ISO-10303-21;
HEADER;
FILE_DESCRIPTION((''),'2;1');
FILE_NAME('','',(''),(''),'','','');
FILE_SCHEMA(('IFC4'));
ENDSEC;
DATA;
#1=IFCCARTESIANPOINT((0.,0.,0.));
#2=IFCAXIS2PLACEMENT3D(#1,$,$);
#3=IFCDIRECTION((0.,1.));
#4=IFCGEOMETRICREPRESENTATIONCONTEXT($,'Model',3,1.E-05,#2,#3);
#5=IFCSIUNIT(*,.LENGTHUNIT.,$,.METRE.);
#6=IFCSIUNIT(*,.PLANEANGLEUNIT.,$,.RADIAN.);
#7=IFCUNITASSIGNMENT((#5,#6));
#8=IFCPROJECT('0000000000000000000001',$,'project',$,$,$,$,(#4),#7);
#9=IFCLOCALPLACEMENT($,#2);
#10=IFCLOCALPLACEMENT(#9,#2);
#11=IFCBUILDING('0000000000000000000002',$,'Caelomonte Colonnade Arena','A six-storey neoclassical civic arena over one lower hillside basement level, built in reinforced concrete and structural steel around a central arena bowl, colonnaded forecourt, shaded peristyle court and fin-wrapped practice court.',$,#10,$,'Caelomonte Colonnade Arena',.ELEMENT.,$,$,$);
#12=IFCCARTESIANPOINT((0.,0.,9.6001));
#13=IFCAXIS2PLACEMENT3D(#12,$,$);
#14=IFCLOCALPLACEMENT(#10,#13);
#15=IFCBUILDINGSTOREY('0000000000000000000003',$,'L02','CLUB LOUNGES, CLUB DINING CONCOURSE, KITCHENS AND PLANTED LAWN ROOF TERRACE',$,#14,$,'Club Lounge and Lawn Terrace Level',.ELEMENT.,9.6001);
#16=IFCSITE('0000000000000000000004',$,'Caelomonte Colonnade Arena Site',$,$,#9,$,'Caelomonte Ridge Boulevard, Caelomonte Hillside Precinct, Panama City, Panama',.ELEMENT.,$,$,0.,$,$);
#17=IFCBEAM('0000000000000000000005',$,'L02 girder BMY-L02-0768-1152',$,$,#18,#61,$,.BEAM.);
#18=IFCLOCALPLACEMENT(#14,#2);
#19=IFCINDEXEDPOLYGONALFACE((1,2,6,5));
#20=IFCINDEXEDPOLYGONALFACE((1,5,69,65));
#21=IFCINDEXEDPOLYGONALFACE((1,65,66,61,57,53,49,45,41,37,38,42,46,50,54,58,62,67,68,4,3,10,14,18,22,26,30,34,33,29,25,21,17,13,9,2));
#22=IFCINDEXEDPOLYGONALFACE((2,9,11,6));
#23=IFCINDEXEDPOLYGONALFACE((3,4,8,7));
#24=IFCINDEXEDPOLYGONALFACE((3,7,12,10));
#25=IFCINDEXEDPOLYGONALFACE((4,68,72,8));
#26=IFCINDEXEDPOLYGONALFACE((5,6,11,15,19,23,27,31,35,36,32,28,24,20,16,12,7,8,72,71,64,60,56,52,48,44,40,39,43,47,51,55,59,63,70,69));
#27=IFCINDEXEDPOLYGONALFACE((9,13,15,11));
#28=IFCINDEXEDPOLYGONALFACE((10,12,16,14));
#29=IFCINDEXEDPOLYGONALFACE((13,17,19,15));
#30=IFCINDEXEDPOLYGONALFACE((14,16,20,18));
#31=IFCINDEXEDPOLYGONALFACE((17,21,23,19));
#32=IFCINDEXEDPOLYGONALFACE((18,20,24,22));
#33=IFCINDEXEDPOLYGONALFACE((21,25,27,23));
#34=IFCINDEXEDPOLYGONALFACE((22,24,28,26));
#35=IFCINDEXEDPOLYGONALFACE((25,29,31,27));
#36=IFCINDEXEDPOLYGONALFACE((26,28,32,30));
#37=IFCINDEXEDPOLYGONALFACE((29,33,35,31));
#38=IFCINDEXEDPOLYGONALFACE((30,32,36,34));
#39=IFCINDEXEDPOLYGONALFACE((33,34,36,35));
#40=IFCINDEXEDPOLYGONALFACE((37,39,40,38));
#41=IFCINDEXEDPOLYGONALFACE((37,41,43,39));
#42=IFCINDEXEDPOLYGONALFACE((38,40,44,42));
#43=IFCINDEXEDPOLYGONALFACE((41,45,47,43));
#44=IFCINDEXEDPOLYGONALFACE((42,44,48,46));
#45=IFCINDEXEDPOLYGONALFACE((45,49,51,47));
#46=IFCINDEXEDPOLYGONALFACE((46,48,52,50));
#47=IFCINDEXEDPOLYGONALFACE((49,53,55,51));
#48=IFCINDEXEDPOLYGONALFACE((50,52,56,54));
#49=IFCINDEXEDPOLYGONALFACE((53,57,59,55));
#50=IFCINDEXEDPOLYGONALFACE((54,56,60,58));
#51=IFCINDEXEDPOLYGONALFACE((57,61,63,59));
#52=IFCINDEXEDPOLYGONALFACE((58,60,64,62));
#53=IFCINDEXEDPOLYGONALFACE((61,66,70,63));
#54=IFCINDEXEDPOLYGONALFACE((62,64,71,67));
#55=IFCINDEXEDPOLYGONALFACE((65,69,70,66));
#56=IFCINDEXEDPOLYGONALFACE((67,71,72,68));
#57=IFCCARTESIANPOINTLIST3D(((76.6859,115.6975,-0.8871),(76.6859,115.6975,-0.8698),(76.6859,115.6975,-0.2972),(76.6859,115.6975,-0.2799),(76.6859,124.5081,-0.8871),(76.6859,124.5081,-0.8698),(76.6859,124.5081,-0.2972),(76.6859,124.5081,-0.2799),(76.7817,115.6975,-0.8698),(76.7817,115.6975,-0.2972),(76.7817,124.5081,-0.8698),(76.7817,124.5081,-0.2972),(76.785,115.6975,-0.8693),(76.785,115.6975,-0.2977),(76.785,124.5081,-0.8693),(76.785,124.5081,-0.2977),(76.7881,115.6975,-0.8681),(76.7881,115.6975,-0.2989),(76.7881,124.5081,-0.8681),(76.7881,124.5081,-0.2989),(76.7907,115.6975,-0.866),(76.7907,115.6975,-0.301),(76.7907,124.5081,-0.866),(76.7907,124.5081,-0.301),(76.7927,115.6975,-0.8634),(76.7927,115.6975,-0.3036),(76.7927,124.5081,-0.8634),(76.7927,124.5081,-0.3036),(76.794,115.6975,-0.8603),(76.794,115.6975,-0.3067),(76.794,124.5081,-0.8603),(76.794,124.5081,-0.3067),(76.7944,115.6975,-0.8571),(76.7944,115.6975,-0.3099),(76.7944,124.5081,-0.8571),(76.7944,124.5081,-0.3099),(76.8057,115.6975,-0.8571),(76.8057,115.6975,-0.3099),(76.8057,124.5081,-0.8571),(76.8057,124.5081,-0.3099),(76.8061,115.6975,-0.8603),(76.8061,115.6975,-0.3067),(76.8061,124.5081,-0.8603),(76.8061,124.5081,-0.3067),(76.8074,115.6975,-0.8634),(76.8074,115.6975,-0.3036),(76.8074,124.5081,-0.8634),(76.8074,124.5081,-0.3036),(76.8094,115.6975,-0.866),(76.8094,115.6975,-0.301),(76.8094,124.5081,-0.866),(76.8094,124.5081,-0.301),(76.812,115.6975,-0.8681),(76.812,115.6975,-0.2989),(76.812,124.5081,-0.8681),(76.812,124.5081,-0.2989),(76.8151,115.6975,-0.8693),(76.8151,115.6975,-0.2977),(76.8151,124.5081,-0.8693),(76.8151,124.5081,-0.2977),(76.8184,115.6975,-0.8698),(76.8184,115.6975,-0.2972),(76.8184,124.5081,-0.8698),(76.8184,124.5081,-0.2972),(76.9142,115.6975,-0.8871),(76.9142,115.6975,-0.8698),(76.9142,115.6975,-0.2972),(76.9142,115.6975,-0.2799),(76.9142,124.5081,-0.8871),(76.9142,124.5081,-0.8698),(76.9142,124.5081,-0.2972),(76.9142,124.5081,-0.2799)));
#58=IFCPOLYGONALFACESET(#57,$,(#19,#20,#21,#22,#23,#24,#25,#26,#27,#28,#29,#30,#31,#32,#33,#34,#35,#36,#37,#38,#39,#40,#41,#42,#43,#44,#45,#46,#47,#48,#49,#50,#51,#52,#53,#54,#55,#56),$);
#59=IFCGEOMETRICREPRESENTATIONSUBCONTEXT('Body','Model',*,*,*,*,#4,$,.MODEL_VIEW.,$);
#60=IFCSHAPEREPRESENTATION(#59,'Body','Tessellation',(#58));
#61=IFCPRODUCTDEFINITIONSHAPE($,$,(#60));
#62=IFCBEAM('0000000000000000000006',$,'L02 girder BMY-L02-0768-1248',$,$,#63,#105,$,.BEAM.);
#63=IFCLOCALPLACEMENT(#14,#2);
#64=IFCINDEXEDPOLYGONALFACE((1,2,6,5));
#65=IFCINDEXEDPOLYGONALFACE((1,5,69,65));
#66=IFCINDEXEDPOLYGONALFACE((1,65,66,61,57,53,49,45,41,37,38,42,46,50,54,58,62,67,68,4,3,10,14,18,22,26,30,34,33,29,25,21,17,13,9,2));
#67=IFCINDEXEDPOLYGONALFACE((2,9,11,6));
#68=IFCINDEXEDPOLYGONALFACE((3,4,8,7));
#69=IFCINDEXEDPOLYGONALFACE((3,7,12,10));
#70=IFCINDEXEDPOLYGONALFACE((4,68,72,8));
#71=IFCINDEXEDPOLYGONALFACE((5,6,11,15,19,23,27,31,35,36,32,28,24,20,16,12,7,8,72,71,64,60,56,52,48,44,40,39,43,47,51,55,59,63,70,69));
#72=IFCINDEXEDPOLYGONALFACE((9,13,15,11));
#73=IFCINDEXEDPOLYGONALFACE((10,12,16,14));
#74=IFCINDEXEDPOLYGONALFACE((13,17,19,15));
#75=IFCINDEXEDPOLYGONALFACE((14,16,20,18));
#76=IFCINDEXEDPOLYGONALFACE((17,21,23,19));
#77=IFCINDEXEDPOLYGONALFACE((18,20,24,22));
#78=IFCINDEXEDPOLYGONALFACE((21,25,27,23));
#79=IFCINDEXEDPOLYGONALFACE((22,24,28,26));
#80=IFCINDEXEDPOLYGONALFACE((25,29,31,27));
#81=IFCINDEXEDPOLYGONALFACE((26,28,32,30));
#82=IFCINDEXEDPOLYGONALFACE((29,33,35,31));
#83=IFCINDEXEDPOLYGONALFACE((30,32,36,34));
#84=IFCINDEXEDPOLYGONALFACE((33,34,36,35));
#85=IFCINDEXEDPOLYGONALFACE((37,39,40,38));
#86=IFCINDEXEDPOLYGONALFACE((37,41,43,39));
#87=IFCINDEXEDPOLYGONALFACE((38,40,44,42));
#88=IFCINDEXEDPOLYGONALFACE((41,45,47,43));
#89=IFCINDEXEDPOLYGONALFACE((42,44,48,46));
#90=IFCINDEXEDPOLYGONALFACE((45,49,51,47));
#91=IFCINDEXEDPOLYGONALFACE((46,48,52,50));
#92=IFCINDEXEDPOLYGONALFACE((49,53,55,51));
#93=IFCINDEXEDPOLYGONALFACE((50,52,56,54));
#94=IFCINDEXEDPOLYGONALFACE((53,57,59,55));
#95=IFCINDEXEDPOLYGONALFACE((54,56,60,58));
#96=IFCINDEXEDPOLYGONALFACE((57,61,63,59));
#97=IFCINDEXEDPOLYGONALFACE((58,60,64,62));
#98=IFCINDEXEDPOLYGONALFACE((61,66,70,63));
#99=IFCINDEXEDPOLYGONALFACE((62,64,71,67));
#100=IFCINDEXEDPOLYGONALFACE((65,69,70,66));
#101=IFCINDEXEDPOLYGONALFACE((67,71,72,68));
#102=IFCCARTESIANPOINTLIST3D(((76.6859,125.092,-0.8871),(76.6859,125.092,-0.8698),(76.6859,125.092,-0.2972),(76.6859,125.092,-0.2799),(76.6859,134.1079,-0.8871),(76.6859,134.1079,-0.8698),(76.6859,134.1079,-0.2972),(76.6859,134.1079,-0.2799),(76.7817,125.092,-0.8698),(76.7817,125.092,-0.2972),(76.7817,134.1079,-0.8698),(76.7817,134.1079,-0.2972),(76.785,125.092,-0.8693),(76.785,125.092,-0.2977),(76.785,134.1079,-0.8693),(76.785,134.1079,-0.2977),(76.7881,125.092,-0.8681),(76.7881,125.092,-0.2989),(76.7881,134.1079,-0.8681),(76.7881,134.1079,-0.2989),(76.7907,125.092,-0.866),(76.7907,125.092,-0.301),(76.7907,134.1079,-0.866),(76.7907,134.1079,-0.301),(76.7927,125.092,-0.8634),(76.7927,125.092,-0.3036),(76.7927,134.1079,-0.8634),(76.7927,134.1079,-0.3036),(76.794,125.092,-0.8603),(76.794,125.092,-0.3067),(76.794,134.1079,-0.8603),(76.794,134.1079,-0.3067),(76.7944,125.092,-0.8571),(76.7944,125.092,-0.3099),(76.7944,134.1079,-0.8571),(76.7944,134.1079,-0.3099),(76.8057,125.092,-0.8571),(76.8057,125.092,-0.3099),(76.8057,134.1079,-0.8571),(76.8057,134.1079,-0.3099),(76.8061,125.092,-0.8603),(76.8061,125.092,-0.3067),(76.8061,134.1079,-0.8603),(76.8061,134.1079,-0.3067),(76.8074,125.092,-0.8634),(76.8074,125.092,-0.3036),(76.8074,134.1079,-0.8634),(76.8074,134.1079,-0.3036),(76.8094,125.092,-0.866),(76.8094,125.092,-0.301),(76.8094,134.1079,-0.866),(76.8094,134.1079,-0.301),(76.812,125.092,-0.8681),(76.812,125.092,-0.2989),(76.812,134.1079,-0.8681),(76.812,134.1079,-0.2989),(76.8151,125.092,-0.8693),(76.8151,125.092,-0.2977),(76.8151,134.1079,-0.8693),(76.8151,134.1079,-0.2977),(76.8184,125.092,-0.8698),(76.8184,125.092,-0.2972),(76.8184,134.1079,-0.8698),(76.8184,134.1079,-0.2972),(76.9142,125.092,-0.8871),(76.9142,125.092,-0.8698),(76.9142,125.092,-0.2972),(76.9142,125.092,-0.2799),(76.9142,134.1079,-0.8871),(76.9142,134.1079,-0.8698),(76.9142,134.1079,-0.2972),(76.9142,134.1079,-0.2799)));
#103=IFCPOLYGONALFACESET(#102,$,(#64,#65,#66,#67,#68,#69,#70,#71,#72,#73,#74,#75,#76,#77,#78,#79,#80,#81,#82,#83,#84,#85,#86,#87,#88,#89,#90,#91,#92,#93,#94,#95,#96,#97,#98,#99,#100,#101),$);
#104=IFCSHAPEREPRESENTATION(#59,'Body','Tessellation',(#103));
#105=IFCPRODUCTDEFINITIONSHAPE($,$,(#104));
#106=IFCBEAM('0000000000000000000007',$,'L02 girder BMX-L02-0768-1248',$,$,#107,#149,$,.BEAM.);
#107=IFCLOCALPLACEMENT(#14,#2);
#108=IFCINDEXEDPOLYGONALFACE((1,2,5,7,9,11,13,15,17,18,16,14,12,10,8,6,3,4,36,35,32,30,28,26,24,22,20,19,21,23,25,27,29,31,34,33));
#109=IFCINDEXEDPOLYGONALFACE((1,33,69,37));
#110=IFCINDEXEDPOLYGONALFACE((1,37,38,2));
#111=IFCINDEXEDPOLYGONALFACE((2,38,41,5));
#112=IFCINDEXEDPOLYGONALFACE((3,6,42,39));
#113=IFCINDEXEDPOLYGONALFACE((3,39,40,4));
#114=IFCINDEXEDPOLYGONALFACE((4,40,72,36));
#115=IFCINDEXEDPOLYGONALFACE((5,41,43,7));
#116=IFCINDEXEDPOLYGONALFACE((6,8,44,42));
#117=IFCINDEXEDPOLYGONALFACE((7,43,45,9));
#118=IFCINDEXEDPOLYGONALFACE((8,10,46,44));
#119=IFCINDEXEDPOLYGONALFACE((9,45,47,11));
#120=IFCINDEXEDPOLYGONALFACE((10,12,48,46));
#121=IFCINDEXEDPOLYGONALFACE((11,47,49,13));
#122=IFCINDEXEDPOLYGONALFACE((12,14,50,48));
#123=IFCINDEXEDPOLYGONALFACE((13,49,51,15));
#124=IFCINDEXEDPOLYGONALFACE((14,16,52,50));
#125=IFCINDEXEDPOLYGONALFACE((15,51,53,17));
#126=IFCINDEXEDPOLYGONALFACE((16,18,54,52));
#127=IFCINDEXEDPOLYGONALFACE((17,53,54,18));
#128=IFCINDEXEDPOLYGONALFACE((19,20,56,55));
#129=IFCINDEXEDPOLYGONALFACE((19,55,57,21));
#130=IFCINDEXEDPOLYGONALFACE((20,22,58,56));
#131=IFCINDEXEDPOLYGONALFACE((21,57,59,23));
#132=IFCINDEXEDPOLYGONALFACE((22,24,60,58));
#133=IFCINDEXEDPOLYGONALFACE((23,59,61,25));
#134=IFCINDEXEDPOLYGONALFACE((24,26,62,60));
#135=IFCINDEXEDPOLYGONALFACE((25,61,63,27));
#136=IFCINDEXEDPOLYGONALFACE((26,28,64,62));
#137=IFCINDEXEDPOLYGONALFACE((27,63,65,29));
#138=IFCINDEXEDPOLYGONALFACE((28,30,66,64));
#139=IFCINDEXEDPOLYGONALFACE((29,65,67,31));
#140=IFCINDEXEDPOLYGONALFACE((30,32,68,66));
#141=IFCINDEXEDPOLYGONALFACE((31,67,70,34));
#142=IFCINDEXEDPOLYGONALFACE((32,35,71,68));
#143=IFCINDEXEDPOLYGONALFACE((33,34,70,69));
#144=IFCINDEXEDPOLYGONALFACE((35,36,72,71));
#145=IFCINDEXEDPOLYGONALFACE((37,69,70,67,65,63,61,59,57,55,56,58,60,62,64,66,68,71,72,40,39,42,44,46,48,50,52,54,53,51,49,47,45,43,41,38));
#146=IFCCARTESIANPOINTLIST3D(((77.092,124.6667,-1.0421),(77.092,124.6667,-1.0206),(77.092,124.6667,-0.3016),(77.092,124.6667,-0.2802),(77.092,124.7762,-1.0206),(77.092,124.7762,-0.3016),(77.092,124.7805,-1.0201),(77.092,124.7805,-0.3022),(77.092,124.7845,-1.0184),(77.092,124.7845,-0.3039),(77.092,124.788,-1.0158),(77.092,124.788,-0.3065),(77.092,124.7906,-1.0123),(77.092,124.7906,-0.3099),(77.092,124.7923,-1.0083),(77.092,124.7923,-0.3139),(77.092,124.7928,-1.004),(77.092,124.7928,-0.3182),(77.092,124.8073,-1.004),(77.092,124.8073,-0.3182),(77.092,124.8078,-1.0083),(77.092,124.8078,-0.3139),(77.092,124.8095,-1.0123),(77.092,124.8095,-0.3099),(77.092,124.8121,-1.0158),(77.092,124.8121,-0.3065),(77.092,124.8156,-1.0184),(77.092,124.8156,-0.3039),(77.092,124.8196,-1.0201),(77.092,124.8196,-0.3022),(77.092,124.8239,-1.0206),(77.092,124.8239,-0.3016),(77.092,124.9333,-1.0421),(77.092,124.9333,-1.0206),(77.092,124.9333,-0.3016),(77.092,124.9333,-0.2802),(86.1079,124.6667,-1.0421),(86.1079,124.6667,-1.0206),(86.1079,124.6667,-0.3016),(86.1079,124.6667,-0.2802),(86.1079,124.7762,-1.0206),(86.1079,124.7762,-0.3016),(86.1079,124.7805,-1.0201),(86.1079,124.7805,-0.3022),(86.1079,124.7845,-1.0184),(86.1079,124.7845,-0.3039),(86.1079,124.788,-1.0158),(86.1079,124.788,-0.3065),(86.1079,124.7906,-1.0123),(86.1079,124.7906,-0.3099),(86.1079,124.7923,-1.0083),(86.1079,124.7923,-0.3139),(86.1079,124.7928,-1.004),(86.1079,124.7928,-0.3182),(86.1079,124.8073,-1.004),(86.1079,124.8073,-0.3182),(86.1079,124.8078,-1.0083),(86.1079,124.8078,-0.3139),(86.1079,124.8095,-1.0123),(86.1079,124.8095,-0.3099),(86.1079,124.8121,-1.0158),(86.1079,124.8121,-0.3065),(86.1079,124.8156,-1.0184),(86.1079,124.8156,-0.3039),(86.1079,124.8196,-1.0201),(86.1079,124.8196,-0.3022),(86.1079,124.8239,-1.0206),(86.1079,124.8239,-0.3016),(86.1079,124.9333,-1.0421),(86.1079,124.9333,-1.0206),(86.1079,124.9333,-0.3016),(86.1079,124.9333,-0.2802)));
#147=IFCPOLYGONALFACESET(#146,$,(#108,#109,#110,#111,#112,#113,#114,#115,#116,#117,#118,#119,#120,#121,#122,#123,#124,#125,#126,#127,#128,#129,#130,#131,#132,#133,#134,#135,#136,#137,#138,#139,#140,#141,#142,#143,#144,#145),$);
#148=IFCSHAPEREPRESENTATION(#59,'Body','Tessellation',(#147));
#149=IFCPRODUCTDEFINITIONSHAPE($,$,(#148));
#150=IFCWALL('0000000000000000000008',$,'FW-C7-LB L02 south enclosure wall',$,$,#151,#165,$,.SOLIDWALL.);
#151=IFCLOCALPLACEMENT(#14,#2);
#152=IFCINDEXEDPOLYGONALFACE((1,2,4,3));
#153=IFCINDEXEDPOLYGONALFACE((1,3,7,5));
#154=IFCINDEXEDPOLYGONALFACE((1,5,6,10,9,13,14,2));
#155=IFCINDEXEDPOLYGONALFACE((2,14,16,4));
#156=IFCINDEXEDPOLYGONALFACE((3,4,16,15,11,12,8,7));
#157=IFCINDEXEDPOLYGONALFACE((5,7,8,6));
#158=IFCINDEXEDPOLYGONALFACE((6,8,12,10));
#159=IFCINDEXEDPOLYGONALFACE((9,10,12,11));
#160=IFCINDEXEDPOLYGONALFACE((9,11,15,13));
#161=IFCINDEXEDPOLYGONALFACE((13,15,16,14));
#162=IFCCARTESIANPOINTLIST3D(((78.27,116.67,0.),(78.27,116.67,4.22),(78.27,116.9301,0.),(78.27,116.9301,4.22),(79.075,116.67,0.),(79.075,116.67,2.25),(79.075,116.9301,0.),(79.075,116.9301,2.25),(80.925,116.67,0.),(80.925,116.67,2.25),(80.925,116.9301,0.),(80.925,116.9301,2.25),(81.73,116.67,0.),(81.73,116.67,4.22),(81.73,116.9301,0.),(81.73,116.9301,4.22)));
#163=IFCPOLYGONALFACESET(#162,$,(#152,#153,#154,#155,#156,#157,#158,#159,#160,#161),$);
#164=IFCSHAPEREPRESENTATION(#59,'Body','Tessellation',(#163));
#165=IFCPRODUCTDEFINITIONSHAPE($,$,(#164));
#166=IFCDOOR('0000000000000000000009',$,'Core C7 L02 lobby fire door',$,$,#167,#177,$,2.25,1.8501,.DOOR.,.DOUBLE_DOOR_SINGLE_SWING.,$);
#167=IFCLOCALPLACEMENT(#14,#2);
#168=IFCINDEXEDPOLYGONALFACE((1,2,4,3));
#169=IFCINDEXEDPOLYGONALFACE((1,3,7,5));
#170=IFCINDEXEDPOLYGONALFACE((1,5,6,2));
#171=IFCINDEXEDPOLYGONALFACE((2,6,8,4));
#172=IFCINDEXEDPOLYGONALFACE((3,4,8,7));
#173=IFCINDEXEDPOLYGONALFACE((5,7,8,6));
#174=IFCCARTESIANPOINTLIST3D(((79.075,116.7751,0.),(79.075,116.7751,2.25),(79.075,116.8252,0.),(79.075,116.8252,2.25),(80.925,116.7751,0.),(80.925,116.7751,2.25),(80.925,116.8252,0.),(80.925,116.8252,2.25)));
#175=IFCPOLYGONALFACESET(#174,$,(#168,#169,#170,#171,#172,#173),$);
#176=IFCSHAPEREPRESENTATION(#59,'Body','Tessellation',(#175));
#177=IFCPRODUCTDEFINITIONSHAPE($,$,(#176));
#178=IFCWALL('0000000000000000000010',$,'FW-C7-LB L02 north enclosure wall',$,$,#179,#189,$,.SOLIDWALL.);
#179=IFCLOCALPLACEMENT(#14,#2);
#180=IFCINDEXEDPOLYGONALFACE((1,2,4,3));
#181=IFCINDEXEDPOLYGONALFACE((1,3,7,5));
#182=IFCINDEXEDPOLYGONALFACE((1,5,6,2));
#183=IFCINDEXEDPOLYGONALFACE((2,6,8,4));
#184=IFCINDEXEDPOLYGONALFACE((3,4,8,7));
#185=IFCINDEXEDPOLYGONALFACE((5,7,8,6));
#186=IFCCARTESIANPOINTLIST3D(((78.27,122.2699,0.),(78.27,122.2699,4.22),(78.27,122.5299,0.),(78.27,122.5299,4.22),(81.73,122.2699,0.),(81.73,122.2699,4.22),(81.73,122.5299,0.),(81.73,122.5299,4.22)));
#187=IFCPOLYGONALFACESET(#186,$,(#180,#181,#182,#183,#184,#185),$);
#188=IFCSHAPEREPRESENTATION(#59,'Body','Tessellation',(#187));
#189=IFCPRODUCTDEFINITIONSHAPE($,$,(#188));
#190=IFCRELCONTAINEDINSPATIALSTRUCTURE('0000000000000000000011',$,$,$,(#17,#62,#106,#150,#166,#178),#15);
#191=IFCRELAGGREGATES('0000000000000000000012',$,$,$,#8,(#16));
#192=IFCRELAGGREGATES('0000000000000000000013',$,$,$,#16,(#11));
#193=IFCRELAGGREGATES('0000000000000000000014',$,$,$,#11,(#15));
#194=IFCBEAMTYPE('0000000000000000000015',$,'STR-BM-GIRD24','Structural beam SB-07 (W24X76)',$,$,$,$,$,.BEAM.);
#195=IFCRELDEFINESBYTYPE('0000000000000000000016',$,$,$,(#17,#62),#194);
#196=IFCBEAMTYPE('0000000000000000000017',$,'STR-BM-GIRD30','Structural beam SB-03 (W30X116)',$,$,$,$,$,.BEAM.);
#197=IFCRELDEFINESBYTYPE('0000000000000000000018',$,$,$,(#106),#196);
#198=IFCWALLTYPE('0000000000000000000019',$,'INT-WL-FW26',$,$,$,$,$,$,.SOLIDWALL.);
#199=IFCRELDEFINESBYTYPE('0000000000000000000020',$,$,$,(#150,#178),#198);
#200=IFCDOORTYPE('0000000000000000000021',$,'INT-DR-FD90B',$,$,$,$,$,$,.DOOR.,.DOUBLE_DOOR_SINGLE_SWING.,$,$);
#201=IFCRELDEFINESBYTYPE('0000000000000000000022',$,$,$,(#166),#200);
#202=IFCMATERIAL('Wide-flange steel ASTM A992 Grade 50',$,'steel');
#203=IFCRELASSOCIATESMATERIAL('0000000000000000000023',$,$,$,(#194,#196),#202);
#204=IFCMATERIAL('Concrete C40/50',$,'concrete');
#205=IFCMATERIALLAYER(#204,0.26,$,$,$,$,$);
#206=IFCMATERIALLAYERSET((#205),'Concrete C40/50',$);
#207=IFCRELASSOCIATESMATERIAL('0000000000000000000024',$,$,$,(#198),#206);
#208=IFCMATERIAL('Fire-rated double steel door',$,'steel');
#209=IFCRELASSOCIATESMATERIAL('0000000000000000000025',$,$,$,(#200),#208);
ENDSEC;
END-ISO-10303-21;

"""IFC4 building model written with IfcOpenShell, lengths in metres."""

from ifc_helpers import new_model, si_unit, direction, frame, frame_2d, origin, origin_2d, place, context, subcontext, project, spatial, rectangle, i_section, extrude, material, layer, layer_set, material_profile, profile_set, type_object, element, fill, save


model = new_model("IFC4")

# Units and contexts
model_context = context("Model", 3, precision=1e-05, world=origin(), true_north=direction((0.0, 1.0)))
body_context = subcontext(model_context, "Body", "Model", "MODEL_VIEW")
ifc_project = project(units=[si_unit("LENGTHUNIT", "METRE"), si_unit("PLANEANGLEUNIT", "RADIAN")], contexts=[model_context])

# Site, building, storey
site_placement = place(None, origin())
site = spatial("IfcSite", under=ifc_project, at=site_placement, Name="Caelomonte Colonnade Arena Site", LongName="Caelomonte Ridge Boulevard, Caelomonte Hillside Precinct, Panama City, Panama", CompositionType="ELEMENT", RefElevation=0.0)
building_placement = place(site_placement, origin())
building = spatial("IfcBuilding", under=site, at=building_placement, Name="Caelomonte Colonnade Arena", Description="A six-storey neoclassical civic arena over one lower hillside basement level, built in reinforced concrete and structural steel around a central arena bowl, colonnaded forecourt, shaded peristyle court and fin-wrapped practice court.", LongName="Caelomonte Colonnade Arena", CompositionType="ELEMENT")
storey_placement = place(building_placement, frame((0.0, 0.0, 9.6001)))
storey = spatial("IfcBuildingStorey", under=building, at=storey_placement, Name="L02", Description="CLUB LOUNGES, CLUB DINING CONCOURSE, KITCHENS AND PLANTED LAWN ROOF TERRACE", LongName="Club Lounge and Lawn Terrace Level", CompositionType="ELEMENT", Elevation=9.6001)

# Shared definitions
ifc_material_1 = material(Name="Concrete C40/50", Category="concrete")
ifc_material_2 = material(Name="Wide-flange steel ASTM A992 Grade 50", Category="steel")

# Beams
ifc_material_profile_1 = material_profile(ifc_material_2, i_section(OverallWidth=0.2283, OverallDepth=0.6072, WebThickness=0.0112, FlangeThickness=0.0173, FilletRadius=0.0127, at=origin_2d()), Name="W24X76")
ifc_profile_set_1 = profile_set([ifc_material_profile_1], Name="Wide-flange steel ASTM A992 Grade 50")
beam_type_1 = type_object("IfcBeamType", Name="STR-BM-GIRD24", Description="Structural beam SB-07 (W24X76)", PredefinedType="BEAM", material=ifc_profile_set_1)
beam_1_placement = place(storey_placement, frame((76.8, 115.6975, -0.5835), z_axis=(0.0, 1.0, 0.0), x_axis=(-1.0, 0.0, 0.0)))
element("IfcBeam", 1, at=beam_1_placement, inside=storey, type_object=beam_type_1, Name="L02 girder BMY-L02-0768-1152", PredefinedType="BEAM", context=body_context, shape_type="SweptSolid", body=[
    extrude(i_section(OverallWidth=0.2283, OverallDepth=0.6072, WebThickness=0.0112, FlangeThickness=0.0173, FilletRadius=0.0127, at=origin_2d()), origin(), (0.0, 0.0, 1.0), 8.8105),
])
beam_2_placement = place(storey_placement, frame((76.8, 125.092, -0.5835), z_axis=(0.0, 1.0, 0.0), x_axis=(-1.0, 0.0, 0.0)))
element("IfcBeam", 2, at=beam_2_placement, inside=storey, type_object=beam_type_1, Name="L02 girder BMY-L02-0768-1248", PredefinedType="BEAM", context=body_context, shape_type="SweptSolid", body=[
    extrude(i_section(OverallWidth=0.2283, OverallDepth=0.6072, WebThickness=0.0112, FlangeThickness=0.0173, FilletRadius=0.0127, at=origin_2d()), origin(), (0.0, 0.0, 1.0), 9.0159),
])
ifc_material_profile_2 = material_profile(ifc_material_2, i_section(OverallWidth=0.2666, OverallDepth=0.762, WebThickness=0.0144, FlangeThickness=0.0215, FilletRadius=0.0166, at=origin_2d()), Name="W30X116")
ifc_profile_set_2 = profile_set([ifc_material_profile_2], Name="Wide-flange steel ASTM A992 Grade 50")
beam_type_2 = type_object("IfcBeamType", Name="STR-BM-GIRD30", Description="Structural beam SB-03 (W30X116)", PredefinedType="BEAM", material=ifc_profile_set_2)
beam_3_placement = place(storey_placement, frame((77.092, 124.8, -0.6611), z_axis=(1.0, 0.0, 0.0), x_axis=(0.0, 1.0, 0.0)))
element("IfcBeam", 3, at=beam_3_placement, inside=storey, type_object=beam_type_2, Name="L02 girder BMX-L02-0768-1248", PredefinedType="BEAM", context=body_context, shape_type="SweptSolid", body=[
    extrude(i_section(OverallWidth=0.2666, OverallDepth=0.762, WebThickness=0.0144, FlangeThickness=0.0215, FilletRadius=0.0166, at=origin_2d()), origin(), (0.0, 0.0, 1.0), 9.0159),
])

# Wall, opening, door
ifc_layer_1 = layer(ifc_material_1, 0.26)
ifc_layer_set_1 = layer_set([ifc_layer_1], Name="Concrete C40/50")
wall_type_1 = type_object("IfcWallType", Name="INT-WL-FW26", PredefinedType="SOLIDWALL", material=ifc_layer_set_1)
wall_1_placement = place(storey_placement, frame((78.27, 116.8, 0.0), z_axis=(0.0, 0.0, 1.0), x_axis=(1.0, 0.0, 0.0)))
wall_1 = element("IfcWall", 4, at=wall_1_placement, inside=storey, type_object=wall_type_1, Name="FW-C7-LB L02 south enclosure wall", PredefinedType="SOLIDWALL", context=body_context, shape_type="SweptSolid", body=[
    extrude(rectangle(XDim=3.46, YDim=0.26, at=frame_2d((1.73, 0.0))), origin(), (0.0, 0.0, 1.0), 4.22),
])
opening_1_placement = place(wall_1_placement, frame((2.655, 0.0, 0.0), z_axis=(0.0, 0.0, 1.0), x_axis=(-1.0, 0.0, 0.0)))
opening_1 = element("IfcOpeningElement", 5, at=opening_1_placement, cuts=wall_1, PredefinedType="OPENING", context=body_context, shape_type="SweptSolid", body=[
    extrude(rectangle(XDim=1.8501, YDim=2.25, at=frame_2d((0.925, 1.125))), frame((0.0, 0.1399, 0.0), z_axis=(0.0, -1.0, 0.0), x_axis=(1.0, 0.0, 0.0)), (0.0, 0.0, 1.0), 0.28),
])
ifc_material_3 = material(Name="Fire-rated double steel door", Category="steel")
door_type_1 = type_object("IfcDoorType", Name="INT-DR-FD90B", OperationType="DOUBLE_DOOR_SINGLE_SWING", PredefinedType="DOOR", material=ifc_material_3)
door_1_placement = place(opening_1_placement, origin())
door_1 = element("IfcDoor", 6, at=door_1_placement, inside=storey, type_object=door_type_1, Name="Core C7 L02 lobby fire door", OperationType="DOUBLE_DOOR_SINGLE_SWING", OverallHeight=2.25, OverallWidth=1.8501, PredefinedType="DOOR", context=body_context, shape_type="SweptSolid", body=[
    extrude(rectangle(XDim=1.8501, YDim=2.25, at=frame_2d((0.925, 1.125))), frame((0.0, 0.0249, 0.0), z_axis=(0.0, -1.0, 0.0), x_axis=(1.0, 0.0, 0.0)), (0.0, 0.0, 1.0), 0.05),
])
fill(opening_1, door_1)

# Wall
wall_2_placement = place(storey_placement, frame((81.73, 122.3999, 0.0), z_axis=(0.0, 0.0, 1.0), x_axis=(-1.0, 0.0, 0.0)))
element("IfcWall", 7, at=wall_2_placement, inside=storey, type_object=wall_type_1, Name="FW-C7-LB L02 north enclosure wall", PredefinedType="SOLIDWALL", context=body_context, shape_type="SweptSolid", body=[
    extrude(rectangle(XDim=3.46, YDim=0.26, at=frame_2d((1.73, 0.0))), origin(), (0.0, 0.0, 1.0), 4.22),
])

save(model, "model.ifc")
